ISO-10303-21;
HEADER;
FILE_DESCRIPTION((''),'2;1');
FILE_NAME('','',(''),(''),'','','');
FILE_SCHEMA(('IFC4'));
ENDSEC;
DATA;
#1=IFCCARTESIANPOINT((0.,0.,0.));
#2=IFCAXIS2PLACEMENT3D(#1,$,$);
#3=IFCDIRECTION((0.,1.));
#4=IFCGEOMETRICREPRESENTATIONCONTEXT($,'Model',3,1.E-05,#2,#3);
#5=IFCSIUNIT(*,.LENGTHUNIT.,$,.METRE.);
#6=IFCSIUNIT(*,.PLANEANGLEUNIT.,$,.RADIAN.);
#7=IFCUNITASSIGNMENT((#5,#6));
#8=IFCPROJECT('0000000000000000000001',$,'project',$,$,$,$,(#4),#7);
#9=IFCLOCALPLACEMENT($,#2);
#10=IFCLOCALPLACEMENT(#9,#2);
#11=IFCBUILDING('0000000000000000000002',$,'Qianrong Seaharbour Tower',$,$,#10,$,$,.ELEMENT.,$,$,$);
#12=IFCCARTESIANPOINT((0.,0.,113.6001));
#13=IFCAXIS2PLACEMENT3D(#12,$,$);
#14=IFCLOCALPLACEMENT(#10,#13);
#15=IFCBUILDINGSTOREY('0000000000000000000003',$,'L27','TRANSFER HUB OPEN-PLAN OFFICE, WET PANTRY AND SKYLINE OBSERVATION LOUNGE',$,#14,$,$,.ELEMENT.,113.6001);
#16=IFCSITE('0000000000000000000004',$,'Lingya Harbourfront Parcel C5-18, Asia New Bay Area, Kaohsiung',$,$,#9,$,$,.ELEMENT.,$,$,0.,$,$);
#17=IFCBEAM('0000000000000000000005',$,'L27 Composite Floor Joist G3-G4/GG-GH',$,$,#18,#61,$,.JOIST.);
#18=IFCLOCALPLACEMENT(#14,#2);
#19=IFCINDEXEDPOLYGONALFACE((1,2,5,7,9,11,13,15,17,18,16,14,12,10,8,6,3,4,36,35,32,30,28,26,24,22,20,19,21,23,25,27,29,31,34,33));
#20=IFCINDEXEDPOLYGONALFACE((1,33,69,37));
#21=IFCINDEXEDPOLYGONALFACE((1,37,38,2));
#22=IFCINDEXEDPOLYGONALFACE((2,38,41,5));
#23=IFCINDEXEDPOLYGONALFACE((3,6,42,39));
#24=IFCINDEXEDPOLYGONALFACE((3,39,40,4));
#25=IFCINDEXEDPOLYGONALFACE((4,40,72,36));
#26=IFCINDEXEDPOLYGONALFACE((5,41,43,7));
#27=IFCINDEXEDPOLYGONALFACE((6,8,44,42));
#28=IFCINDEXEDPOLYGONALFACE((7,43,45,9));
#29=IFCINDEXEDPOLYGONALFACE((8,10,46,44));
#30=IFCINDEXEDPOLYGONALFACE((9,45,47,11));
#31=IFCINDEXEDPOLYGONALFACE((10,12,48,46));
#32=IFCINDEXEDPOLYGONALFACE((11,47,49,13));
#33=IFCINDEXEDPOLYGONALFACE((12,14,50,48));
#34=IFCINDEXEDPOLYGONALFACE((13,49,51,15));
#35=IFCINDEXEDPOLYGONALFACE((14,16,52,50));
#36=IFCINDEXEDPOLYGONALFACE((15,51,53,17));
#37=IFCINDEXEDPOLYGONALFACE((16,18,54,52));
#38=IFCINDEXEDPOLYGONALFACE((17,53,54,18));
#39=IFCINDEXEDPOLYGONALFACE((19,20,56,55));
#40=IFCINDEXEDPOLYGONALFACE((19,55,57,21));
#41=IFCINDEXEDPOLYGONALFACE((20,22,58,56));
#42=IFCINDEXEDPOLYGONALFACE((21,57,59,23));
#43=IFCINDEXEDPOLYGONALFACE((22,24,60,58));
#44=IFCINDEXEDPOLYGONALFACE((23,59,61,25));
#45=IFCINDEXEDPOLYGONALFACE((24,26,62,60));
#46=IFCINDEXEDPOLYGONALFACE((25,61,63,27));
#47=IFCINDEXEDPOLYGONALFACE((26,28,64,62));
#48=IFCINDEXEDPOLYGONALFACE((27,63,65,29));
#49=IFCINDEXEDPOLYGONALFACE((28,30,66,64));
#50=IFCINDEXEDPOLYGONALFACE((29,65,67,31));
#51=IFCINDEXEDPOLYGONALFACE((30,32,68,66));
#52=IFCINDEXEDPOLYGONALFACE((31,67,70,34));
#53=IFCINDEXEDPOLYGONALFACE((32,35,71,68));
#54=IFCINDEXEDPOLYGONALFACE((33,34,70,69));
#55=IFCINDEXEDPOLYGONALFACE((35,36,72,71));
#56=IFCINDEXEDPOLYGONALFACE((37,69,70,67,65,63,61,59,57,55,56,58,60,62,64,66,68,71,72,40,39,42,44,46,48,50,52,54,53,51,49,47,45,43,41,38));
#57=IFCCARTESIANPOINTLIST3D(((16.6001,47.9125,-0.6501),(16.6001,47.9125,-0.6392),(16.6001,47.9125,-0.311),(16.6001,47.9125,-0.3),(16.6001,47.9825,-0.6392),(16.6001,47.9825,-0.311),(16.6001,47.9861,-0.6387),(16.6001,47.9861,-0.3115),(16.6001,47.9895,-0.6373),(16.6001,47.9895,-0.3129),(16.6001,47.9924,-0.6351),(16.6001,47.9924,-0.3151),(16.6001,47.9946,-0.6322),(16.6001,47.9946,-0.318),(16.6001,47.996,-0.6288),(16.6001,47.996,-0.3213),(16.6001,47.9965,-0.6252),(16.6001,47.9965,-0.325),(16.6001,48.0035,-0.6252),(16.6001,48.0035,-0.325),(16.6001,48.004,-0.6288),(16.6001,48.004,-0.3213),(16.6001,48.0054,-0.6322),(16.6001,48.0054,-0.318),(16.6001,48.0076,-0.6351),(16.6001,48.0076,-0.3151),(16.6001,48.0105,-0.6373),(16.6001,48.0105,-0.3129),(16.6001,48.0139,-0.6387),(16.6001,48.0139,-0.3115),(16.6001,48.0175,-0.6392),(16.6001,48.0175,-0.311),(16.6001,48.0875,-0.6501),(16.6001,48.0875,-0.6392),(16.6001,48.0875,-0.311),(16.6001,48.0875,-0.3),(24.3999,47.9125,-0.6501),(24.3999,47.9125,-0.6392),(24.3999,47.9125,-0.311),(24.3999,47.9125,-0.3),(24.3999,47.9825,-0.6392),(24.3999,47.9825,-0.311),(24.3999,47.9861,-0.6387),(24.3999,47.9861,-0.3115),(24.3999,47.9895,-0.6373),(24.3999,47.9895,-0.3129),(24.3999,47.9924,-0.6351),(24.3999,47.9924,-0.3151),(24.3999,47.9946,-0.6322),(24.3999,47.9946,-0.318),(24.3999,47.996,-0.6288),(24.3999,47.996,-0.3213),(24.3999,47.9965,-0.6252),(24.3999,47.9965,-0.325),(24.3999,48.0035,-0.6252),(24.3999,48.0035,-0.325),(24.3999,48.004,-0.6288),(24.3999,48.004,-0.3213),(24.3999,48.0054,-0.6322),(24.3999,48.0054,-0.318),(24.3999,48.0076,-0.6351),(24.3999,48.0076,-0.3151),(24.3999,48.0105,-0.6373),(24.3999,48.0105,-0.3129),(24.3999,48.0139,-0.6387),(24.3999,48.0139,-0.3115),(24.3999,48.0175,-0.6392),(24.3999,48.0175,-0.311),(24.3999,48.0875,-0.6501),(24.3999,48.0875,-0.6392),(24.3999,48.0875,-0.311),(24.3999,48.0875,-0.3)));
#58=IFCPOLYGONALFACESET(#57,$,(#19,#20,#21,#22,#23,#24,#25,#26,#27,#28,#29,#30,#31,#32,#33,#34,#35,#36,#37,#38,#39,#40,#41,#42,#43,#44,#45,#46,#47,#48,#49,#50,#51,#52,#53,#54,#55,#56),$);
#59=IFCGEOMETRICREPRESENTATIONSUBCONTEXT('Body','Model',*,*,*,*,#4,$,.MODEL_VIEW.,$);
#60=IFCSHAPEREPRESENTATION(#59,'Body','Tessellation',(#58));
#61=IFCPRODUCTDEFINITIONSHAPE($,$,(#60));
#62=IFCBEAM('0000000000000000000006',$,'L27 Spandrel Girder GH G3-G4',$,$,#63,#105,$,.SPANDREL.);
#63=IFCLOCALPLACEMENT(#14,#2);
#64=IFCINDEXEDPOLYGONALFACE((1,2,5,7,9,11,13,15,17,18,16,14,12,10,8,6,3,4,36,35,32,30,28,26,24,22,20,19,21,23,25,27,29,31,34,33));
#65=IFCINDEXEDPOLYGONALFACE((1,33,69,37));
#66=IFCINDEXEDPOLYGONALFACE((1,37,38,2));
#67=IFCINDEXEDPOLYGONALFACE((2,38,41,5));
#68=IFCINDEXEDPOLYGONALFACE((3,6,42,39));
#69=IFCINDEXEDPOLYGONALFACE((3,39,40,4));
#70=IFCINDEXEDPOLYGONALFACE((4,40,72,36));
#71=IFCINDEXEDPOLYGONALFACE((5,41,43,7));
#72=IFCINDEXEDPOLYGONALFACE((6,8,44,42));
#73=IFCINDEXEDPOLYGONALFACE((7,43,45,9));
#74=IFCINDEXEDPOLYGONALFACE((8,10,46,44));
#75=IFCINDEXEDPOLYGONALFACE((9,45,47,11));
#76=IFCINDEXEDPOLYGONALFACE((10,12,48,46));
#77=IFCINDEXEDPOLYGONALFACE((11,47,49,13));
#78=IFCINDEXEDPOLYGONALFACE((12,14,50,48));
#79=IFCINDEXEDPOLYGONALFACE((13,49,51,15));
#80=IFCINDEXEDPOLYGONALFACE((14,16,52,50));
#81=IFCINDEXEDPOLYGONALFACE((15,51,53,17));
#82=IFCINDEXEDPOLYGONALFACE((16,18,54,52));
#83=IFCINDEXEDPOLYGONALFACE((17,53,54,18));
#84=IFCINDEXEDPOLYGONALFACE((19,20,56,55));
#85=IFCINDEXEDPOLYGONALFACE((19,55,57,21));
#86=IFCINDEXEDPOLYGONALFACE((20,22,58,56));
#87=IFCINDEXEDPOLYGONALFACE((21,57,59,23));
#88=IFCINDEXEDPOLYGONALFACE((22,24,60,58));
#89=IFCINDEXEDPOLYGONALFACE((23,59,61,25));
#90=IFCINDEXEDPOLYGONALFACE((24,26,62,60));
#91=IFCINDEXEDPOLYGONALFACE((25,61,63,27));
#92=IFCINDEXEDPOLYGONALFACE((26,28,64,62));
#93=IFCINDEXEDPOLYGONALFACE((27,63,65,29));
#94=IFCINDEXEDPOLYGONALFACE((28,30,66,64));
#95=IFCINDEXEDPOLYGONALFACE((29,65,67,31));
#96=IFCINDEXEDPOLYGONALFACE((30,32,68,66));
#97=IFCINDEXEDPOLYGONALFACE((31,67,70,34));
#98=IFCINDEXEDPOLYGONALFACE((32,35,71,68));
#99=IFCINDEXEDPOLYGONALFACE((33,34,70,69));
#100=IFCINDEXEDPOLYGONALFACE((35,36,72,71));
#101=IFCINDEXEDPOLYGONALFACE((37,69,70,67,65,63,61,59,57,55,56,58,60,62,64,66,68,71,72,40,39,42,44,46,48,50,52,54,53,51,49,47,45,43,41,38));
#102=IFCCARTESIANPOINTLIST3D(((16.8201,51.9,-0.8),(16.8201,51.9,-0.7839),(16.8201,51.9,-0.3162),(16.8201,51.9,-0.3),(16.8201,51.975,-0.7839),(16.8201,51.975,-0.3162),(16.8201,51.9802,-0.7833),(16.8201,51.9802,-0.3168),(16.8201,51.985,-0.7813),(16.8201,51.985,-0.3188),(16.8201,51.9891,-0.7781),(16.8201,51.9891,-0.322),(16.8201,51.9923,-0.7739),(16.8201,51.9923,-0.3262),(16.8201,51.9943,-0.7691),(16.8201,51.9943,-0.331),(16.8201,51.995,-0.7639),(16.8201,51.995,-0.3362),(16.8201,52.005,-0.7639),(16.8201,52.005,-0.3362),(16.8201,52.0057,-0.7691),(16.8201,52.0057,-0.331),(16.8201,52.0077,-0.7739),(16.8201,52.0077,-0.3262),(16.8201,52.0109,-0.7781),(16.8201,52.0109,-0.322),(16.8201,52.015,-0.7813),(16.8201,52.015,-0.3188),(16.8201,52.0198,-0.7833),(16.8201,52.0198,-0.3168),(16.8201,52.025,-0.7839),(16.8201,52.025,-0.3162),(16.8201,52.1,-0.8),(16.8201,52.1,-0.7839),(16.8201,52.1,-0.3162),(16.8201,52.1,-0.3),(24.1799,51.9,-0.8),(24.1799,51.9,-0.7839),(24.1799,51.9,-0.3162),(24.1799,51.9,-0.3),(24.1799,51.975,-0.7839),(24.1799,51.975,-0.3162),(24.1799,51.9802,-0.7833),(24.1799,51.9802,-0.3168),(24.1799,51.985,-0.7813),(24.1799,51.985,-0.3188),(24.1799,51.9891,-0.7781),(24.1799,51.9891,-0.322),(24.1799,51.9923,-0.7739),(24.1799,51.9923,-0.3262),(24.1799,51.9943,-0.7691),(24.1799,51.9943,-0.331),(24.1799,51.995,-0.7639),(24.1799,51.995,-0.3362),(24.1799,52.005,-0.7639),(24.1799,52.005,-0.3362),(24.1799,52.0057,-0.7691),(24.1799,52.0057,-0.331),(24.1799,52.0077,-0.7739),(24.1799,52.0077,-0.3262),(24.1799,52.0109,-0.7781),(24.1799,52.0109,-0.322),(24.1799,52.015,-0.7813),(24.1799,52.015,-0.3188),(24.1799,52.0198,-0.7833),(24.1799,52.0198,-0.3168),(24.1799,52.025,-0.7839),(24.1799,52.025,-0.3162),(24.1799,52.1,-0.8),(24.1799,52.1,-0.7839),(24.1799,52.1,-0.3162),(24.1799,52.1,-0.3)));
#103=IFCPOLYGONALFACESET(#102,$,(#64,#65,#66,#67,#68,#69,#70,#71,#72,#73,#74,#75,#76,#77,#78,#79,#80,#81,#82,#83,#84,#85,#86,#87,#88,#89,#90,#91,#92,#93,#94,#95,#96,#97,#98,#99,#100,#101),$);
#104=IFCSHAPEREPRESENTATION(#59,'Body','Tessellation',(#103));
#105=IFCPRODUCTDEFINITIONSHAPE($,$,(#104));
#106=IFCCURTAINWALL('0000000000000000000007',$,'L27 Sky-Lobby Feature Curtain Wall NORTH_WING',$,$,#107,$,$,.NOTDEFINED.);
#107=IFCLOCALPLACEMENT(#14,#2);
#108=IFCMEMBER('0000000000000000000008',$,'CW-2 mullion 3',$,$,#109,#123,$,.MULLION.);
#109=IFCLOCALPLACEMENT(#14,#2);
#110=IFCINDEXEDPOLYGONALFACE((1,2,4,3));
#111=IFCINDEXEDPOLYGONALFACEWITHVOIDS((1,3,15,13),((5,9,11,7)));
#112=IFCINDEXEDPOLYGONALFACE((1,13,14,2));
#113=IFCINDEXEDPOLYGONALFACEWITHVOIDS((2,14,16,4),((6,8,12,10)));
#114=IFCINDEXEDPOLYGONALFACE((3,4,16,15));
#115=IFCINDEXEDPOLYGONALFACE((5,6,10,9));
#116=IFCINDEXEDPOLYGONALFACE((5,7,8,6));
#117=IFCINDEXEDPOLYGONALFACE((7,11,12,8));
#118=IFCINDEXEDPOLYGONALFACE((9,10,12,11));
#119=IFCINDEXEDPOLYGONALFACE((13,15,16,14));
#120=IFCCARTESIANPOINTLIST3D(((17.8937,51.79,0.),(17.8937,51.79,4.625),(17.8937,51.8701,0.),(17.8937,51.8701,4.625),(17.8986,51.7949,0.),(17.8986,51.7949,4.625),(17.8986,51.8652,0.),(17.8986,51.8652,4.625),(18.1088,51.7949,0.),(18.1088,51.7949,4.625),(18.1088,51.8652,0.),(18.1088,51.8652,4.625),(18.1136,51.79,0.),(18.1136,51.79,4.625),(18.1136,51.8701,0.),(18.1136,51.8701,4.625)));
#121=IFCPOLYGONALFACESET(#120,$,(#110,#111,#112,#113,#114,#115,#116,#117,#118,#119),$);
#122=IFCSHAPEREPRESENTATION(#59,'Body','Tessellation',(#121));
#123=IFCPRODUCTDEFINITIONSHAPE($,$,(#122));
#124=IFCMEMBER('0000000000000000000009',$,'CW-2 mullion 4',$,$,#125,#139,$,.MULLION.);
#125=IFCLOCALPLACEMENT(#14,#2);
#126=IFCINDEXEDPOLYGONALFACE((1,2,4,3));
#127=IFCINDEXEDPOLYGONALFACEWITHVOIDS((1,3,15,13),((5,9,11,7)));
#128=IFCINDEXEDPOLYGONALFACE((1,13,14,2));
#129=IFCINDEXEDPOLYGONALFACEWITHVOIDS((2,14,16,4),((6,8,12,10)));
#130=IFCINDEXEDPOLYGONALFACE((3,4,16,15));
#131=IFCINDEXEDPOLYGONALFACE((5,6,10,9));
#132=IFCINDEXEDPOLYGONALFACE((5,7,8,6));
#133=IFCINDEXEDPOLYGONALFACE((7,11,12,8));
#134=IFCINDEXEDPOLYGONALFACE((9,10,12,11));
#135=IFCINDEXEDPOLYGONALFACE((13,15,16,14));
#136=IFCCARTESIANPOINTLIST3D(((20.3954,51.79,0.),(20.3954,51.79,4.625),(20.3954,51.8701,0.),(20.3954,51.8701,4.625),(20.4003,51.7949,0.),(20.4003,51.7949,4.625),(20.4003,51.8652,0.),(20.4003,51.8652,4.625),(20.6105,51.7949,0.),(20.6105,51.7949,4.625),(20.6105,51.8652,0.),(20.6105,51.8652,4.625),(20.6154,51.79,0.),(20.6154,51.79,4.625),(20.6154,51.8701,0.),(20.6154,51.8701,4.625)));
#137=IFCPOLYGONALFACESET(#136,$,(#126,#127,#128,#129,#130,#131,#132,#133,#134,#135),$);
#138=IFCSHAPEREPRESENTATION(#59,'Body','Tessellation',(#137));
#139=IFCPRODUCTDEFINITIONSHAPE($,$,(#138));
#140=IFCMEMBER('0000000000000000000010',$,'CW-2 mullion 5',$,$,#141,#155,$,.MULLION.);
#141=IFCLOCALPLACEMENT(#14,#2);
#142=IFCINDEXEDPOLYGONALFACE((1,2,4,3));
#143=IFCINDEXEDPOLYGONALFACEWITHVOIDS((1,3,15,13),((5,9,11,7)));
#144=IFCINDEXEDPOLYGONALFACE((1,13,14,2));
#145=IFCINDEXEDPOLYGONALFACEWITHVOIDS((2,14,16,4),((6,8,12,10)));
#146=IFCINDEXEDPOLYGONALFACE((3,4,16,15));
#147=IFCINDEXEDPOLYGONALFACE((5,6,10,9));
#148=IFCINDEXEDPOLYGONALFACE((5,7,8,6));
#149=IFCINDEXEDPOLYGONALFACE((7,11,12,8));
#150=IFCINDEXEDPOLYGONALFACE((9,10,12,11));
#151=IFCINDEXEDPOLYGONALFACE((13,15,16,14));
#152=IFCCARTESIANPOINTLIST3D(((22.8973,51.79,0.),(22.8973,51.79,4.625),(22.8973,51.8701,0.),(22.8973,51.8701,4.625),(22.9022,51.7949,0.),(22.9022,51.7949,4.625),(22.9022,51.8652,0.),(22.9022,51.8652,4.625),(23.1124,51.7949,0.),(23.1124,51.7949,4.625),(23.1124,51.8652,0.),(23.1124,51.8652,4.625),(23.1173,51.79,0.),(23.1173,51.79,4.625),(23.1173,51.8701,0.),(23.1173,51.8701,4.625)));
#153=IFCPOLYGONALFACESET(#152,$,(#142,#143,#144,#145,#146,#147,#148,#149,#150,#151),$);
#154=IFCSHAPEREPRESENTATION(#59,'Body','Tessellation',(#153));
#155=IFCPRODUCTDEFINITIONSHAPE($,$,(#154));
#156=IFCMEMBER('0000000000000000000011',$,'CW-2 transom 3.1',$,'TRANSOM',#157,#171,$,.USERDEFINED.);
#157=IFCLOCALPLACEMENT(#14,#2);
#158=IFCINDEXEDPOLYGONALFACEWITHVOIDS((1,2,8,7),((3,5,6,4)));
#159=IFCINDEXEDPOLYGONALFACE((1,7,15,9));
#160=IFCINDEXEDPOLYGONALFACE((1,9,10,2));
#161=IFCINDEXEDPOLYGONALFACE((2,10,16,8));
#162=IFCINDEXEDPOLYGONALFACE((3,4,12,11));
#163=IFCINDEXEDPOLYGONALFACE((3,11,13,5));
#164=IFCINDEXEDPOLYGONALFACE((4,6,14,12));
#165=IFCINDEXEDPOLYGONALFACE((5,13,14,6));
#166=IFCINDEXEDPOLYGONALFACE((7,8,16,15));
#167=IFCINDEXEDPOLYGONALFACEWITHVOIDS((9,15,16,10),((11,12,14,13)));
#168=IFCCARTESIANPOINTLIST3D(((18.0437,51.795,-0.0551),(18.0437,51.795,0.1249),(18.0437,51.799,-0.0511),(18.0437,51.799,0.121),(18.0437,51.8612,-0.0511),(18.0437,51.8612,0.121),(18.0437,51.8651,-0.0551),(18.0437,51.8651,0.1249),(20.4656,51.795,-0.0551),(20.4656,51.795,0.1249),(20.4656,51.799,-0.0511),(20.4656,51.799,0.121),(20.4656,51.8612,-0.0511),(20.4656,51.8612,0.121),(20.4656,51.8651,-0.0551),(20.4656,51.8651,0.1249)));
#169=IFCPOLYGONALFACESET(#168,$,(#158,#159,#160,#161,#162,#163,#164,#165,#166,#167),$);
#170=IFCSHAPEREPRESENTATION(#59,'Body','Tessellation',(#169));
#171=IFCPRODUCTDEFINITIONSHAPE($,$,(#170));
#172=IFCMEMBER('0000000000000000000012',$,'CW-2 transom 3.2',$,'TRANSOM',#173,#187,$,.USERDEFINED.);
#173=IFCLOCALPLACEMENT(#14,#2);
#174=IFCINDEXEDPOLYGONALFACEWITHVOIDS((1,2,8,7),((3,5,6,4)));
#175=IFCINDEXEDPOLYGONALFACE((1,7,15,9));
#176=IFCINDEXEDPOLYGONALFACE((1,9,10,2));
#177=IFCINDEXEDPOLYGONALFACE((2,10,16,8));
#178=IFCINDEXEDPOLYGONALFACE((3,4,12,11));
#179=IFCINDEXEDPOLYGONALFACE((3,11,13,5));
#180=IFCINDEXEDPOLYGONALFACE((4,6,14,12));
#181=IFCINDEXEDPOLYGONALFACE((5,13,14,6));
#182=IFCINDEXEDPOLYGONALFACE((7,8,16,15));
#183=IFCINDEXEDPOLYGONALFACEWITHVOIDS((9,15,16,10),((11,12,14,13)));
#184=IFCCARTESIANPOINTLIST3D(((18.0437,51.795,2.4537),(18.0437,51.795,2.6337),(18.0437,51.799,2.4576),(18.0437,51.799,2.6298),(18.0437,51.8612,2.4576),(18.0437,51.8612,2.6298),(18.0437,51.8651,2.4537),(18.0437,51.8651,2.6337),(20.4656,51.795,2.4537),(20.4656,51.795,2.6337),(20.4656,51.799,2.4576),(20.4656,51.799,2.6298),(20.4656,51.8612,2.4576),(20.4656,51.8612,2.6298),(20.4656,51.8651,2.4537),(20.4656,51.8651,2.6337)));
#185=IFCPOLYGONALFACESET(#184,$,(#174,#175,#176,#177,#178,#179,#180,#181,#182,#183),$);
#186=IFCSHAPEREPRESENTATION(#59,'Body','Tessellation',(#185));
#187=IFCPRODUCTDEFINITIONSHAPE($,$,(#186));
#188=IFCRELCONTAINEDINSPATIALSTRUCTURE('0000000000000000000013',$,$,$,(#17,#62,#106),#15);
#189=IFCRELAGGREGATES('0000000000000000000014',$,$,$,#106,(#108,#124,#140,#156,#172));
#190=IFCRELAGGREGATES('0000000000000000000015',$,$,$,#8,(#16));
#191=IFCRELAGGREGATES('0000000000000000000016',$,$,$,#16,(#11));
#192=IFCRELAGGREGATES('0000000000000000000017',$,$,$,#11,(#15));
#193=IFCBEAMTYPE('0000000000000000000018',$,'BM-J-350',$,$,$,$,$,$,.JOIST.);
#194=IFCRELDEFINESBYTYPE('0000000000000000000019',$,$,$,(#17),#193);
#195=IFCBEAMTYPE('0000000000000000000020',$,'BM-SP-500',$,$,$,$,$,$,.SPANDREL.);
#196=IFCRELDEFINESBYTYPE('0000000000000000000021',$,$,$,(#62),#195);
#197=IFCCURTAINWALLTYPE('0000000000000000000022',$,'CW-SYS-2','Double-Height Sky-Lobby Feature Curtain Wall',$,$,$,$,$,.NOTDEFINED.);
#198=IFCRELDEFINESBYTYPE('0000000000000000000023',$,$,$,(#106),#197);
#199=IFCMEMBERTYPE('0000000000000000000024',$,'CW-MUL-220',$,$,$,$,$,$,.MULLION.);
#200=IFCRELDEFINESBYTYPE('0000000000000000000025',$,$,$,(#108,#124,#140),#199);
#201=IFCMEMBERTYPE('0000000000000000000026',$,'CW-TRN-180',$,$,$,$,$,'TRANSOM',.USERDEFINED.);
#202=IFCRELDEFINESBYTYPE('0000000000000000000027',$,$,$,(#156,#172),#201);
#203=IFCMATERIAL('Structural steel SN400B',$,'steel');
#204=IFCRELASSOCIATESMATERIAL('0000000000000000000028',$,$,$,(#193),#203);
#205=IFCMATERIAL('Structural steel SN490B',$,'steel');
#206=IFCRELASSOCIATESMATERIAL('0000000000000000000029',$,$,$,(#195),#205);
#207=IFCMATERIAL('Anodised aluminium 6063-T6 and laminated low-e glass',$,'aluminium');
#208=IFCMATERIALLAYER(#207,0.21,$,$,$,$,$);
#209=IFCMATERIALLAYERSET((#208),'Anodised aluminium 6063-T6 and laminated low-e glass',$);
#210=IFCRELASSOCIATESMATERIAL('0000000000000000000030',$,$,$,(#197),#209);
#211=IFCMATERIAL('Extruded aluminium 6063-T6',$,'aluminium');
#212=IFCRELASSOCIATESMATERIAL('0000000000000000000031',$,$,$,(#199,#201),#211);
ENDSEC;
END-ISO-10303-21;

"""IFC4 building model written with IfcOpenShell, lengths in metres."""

from ifc_helpers import new_model, si_unit, direction, frame, origin, origin_2d, place, context, subcontext, project, spatial, hollow_rectangle, i_section, extrude, material, layer, layer_set, material_profile, profile_set, type_object, element, aggregate, save


model = new_model("IFC4")

# Units and contexts
model_context = context("Model", 3, precision=1e-05, world=origin(), true_north=direction((0.0, 1.0)))
body_context = subcontext(model_context, "Body", "Model", "MODEL_VIEW")
ifc_project = project(units=[si_unit("LENGTHUNIT", "METRE"), si_unit("PLANEANGLEUNIT", "RADIAN")], contexts=[model_context])

# Site, building, storey
site_placement = place(None, origin())
site = spatial("IfcSite", under=ifc_project, at=site_placement, Name="Lingya Harbourfront Parcel C5-18, Asia New Bay Area, Kaohsiung", CompositionType="ELEMENT", RefElevation=0.0)
building_placement = place(site_placement, origin())
building = spatial("IfcBuilding", under=site, at=building_placement, Name="Qianrong Seaharbour Tower", CompositionType="ELEMENT")
storey_placement = place(building_placement, frame((0.0, 0.0, 113.6001)))
storey = spatial("IfcBuildingStorey", under=building, at=storey_placement, Name="L27", Description="TRANSFER HUB OPEN-PLAN OFFICE, WET PANTRY AND SKYLINE OBSERVATION LOUNGE", CompositionType="ELEMENT", Elevation=113.6001)

# Shared definitions
ifc_material_1 = material(Name="Structural steel SN490B", Category="steel")

# Beams
ifc_material_2 = material(Name="Structural steel SN400B", Category="steel")
ifc_material_profile_1 = material_profile(ifc_material_2, i_section(OverallWidth=0.175, OverallDepth=0.3501, WebThickness=0.0071, FlangeThickness=0.011, FilletRadius=0.0139, at=origin_2d()), Name="H350x175x7x11")
ifc_profile_set_1 = profile_set([ifc_material_profile_1], Name="Structural steel SN400B")
beam_type_1 = type_object("IfcBeamType", Name="BM-J-350", PredefinedType="JOIST", material=ifc_profile_set_1)
beam_1_placement = place(storey_placement, frame((16.6001, 48.0, -0.4751), z_axis=(1.0, 0.0, 0.0), x_axis=(0.0, 1.0, 0.0)))
element("IfcBeam", 1, at=beam_1_placement, inside=storey, type_object=beam_type_1, Name="L27 Composite Floor Joist G3-G4/GG-GH", PredefinedType="JOIST", context=body_context, shape_type="SweptSolid", body=[
    extrude(i_section(OverallWidth=0.175, OverallDepth=0.3501, WebThickness=0.0071, FlangeThickness=0.011, FilletRadius=0.0139, at=origin_2d()), origin(), (0.0, 0.0, 1.0), 7.7998),
])
ifc_material_profile_2 = material_profile(ifc_material_1, i_section(OverallWidth=0.2, OverallDepth=0.5, WebThickness=0.01, FlangeThickness=0.0161, FilletRadius=0.02, at=origin_2d()), Name="H500x200x10x16")
ifc_profile_set_2 = profile_set([ifc_material_profile_2], Name="Structural steel SN490B")
beam_type_2 = type_object("IfcBeamType", Name="BM-SP-500", PredefinedType="SPANDREL", material=ifc_profile_set_2)
beam_2_placement = place(storey_placement, frame((16.8201, 52.0, -0.55), z_axis=(1.0, 0.0, 0.0), x_axis=(0.0, 1.0, 0.0)))
element("IfcBeam", 2, at=beam_2_placement, inside=storey, type_object=beam_type_2, Name="L27 Spandrel Girder GH G3-G4", PredefinedType="SPANDREL", context=body_context, shape_type="SweptSolid", body=[
    extrude(i_section(OverallWidth=0.2, OverallDepth=0.5, WebThickness=0.01, FlangeThickness=0.0161, FilletRadius=0.02, at=origin_2d()), origin(), (0.0, 0.0, 1.0), 7.3599),
])

# Curtain wall, members
ifc_material_3 = material(Name="Anodised aluminium 6063-T6 and laminated low-e glass", Category="aluminium")
ifc_layer_1 = layer(ifc_material_3, 0.21)
ifc_layer_set_1 = layer_set([ifc_layer_1], Name="Anodised aluminium 6063-T6 and laminated low-e glass")
curtain_wall_type = type_object("IfcCurtainWallType", Name="CW-SYS-2", Description="Double-Height Sky-Lobby Feature Curtain Wall", PredefinedType="NOTDEFINED", material=ifc_layer_set_1)
curtain_wall_placement = place(storey_placement, origin())
curtain_wall = element("IfcCurtainWall", 3, at=curtain_wall_placement, inside=storey, type_object=curtain_wall_type, Name="L27 Sky-Lobby Feature Curtain Wall NORTH_WING", PredefinedType="NOTDEFINED")
ifc_material_4 = material(Name="Extruded aluminium 6063-T6", Category="aluminium")
ifc_material_profile_3 = material_profile(ifc_material_4, hollow_rectangle(XDim=0.0801, YDim=0.22, WallThickness=0.0049, at=origin_2d()), Name="ALU-MUL-220x80x5")
ifc_profile_set_3 = profile_set([ifc_material_profile_3], Name="Extruded aluminium 6063-T6")
member_type_1 = type_object("IfcMemberType", Name="CW-MUL-220", PredefinedType="MULLION", material=ifc_profile_set_3)
member_1_placement = place(storey_placement, frame((18.0037, 51.8301, 0.0), z_axis=(0.0, 0.0, 1.0), x_axis=(0.0, 1.0, 0.0)))
member_1 = element("IfcMember", 4, at=member_1_placement, type_object=member_type_1, Name="CW-2 mullion 3", PredefinedType="MULLION", context=body_context, shape_type="SweptSolid", body=[
    extrude(hollow_rectangle(XDim=0.0801, YDim=0.22, WallThickness=0.0049, at=origin_2d()), origin(), (0.0, 0.0, 1.0), 4.625),
])
member_2_placement = place(storey_placement, frame((20.5054, 51.8301, 0.0), z_axis=(0.0, 0.0, 1.0), x_axis=(0.0, 1.0, 0.0)))
member_2 = element("IfcMember", 5, at=member_2_placement, type_object=member_type_1, Name="CW-2 mullion 4", PredefinedType="MULLION", context=body_context, shape_type="SweptSolid", body=[
    extrude(hollow_rectangle(XDim=0.0801, YDim=0.22, WallThickness=0.0049, at=origin_2d()), origin(), (0.0, 0.0, 1.0), 4.625),
])
member_3_placement = place(storey_placement, frame((23.0073, 51.8301, 0.0), z_axis=(0.0, 0.0, 1.0), x_axis=(0.0, 1.0, 0.0)))
member_3 = element("IfcMember", 6, at=member_3_placement, type_object=member_type_1, Name="CW-2 mullion 5", PredefinedType="MULLION", context=body_context, shape_type="SweptSolid", body=[
    extrude(hollow_rectangle(XDim=0.0801, YDim=0.22, WallThickness=0.0049, at=origin_2d()), origin(), (0.0, 0.0, 1.0), 4.625),
])
ifc_material_profile_4 = material_profile(ifc_material_4, hollow_rectangle(XDim=0.0701, YDim=0.1799, WallThickness=0.0039, at=origin_2d()), Name="ALU-TRN-180x70x4")
ifc_profile_set_4 = profile_set([ifc_material_profile_4], Name="Extruded aluminium 6063-T6")
member_type_2 = type_object("IfcMemberType", Name="CW-TRN-180", ElementType="TRANSOM", PredefinedType="USERDEFINED", material=ifc_profile_set_4)
member_4_placement = place(storey_placement, frame((18.0437, 51.8301, 0.0349), z_axis=(1.0, 0.0, 0.0), x_axis=(0.0, 1.0, 0.0)))
member_4 = element("IfcMember", 7, at=member_4_placement, type_object=member_type_2, Name="CW-2 transom 3.1", ObjectType="TRANSOM", PredefinedType="USERDEFINED", context=body_context, shape_type="SweptSolid", body=[
    extrude(hollow_rectangle(XDim=0.0701, YDim=0.1799, WallThickness=0.0039, at=origin_2d()), origin(), (0.0, 0.0, 1.0), 2.4219),
])
member_5_placement = place(storey_placement, frame((18.0437, 51.8301, 2.5437), z_axis=(1.0, 0.0, 0.0), x_axis=(0.0, 1.0, 0.0)))
member_5 = element("IfcMember", 8, at=member_5_placement, type_object=member_type_2, Name="CW-2 transom 3.2", ObjectType="TRANSOM", PredefinedType="USERDEFINED", context=body_context, shape_type="SweptSolid", body=[
    extrude(hollow_rectangle(XDim=0.0701, YDim=0.1799, WallThickness=0.0039, at=origin_2d()), origin(), (0.0, 0.0, 1.0), 2.4219),
])
aggregate(curtain_wall, [member_1, member_2, member_3, member_4, member_5])

save(model, "model.ifc")
